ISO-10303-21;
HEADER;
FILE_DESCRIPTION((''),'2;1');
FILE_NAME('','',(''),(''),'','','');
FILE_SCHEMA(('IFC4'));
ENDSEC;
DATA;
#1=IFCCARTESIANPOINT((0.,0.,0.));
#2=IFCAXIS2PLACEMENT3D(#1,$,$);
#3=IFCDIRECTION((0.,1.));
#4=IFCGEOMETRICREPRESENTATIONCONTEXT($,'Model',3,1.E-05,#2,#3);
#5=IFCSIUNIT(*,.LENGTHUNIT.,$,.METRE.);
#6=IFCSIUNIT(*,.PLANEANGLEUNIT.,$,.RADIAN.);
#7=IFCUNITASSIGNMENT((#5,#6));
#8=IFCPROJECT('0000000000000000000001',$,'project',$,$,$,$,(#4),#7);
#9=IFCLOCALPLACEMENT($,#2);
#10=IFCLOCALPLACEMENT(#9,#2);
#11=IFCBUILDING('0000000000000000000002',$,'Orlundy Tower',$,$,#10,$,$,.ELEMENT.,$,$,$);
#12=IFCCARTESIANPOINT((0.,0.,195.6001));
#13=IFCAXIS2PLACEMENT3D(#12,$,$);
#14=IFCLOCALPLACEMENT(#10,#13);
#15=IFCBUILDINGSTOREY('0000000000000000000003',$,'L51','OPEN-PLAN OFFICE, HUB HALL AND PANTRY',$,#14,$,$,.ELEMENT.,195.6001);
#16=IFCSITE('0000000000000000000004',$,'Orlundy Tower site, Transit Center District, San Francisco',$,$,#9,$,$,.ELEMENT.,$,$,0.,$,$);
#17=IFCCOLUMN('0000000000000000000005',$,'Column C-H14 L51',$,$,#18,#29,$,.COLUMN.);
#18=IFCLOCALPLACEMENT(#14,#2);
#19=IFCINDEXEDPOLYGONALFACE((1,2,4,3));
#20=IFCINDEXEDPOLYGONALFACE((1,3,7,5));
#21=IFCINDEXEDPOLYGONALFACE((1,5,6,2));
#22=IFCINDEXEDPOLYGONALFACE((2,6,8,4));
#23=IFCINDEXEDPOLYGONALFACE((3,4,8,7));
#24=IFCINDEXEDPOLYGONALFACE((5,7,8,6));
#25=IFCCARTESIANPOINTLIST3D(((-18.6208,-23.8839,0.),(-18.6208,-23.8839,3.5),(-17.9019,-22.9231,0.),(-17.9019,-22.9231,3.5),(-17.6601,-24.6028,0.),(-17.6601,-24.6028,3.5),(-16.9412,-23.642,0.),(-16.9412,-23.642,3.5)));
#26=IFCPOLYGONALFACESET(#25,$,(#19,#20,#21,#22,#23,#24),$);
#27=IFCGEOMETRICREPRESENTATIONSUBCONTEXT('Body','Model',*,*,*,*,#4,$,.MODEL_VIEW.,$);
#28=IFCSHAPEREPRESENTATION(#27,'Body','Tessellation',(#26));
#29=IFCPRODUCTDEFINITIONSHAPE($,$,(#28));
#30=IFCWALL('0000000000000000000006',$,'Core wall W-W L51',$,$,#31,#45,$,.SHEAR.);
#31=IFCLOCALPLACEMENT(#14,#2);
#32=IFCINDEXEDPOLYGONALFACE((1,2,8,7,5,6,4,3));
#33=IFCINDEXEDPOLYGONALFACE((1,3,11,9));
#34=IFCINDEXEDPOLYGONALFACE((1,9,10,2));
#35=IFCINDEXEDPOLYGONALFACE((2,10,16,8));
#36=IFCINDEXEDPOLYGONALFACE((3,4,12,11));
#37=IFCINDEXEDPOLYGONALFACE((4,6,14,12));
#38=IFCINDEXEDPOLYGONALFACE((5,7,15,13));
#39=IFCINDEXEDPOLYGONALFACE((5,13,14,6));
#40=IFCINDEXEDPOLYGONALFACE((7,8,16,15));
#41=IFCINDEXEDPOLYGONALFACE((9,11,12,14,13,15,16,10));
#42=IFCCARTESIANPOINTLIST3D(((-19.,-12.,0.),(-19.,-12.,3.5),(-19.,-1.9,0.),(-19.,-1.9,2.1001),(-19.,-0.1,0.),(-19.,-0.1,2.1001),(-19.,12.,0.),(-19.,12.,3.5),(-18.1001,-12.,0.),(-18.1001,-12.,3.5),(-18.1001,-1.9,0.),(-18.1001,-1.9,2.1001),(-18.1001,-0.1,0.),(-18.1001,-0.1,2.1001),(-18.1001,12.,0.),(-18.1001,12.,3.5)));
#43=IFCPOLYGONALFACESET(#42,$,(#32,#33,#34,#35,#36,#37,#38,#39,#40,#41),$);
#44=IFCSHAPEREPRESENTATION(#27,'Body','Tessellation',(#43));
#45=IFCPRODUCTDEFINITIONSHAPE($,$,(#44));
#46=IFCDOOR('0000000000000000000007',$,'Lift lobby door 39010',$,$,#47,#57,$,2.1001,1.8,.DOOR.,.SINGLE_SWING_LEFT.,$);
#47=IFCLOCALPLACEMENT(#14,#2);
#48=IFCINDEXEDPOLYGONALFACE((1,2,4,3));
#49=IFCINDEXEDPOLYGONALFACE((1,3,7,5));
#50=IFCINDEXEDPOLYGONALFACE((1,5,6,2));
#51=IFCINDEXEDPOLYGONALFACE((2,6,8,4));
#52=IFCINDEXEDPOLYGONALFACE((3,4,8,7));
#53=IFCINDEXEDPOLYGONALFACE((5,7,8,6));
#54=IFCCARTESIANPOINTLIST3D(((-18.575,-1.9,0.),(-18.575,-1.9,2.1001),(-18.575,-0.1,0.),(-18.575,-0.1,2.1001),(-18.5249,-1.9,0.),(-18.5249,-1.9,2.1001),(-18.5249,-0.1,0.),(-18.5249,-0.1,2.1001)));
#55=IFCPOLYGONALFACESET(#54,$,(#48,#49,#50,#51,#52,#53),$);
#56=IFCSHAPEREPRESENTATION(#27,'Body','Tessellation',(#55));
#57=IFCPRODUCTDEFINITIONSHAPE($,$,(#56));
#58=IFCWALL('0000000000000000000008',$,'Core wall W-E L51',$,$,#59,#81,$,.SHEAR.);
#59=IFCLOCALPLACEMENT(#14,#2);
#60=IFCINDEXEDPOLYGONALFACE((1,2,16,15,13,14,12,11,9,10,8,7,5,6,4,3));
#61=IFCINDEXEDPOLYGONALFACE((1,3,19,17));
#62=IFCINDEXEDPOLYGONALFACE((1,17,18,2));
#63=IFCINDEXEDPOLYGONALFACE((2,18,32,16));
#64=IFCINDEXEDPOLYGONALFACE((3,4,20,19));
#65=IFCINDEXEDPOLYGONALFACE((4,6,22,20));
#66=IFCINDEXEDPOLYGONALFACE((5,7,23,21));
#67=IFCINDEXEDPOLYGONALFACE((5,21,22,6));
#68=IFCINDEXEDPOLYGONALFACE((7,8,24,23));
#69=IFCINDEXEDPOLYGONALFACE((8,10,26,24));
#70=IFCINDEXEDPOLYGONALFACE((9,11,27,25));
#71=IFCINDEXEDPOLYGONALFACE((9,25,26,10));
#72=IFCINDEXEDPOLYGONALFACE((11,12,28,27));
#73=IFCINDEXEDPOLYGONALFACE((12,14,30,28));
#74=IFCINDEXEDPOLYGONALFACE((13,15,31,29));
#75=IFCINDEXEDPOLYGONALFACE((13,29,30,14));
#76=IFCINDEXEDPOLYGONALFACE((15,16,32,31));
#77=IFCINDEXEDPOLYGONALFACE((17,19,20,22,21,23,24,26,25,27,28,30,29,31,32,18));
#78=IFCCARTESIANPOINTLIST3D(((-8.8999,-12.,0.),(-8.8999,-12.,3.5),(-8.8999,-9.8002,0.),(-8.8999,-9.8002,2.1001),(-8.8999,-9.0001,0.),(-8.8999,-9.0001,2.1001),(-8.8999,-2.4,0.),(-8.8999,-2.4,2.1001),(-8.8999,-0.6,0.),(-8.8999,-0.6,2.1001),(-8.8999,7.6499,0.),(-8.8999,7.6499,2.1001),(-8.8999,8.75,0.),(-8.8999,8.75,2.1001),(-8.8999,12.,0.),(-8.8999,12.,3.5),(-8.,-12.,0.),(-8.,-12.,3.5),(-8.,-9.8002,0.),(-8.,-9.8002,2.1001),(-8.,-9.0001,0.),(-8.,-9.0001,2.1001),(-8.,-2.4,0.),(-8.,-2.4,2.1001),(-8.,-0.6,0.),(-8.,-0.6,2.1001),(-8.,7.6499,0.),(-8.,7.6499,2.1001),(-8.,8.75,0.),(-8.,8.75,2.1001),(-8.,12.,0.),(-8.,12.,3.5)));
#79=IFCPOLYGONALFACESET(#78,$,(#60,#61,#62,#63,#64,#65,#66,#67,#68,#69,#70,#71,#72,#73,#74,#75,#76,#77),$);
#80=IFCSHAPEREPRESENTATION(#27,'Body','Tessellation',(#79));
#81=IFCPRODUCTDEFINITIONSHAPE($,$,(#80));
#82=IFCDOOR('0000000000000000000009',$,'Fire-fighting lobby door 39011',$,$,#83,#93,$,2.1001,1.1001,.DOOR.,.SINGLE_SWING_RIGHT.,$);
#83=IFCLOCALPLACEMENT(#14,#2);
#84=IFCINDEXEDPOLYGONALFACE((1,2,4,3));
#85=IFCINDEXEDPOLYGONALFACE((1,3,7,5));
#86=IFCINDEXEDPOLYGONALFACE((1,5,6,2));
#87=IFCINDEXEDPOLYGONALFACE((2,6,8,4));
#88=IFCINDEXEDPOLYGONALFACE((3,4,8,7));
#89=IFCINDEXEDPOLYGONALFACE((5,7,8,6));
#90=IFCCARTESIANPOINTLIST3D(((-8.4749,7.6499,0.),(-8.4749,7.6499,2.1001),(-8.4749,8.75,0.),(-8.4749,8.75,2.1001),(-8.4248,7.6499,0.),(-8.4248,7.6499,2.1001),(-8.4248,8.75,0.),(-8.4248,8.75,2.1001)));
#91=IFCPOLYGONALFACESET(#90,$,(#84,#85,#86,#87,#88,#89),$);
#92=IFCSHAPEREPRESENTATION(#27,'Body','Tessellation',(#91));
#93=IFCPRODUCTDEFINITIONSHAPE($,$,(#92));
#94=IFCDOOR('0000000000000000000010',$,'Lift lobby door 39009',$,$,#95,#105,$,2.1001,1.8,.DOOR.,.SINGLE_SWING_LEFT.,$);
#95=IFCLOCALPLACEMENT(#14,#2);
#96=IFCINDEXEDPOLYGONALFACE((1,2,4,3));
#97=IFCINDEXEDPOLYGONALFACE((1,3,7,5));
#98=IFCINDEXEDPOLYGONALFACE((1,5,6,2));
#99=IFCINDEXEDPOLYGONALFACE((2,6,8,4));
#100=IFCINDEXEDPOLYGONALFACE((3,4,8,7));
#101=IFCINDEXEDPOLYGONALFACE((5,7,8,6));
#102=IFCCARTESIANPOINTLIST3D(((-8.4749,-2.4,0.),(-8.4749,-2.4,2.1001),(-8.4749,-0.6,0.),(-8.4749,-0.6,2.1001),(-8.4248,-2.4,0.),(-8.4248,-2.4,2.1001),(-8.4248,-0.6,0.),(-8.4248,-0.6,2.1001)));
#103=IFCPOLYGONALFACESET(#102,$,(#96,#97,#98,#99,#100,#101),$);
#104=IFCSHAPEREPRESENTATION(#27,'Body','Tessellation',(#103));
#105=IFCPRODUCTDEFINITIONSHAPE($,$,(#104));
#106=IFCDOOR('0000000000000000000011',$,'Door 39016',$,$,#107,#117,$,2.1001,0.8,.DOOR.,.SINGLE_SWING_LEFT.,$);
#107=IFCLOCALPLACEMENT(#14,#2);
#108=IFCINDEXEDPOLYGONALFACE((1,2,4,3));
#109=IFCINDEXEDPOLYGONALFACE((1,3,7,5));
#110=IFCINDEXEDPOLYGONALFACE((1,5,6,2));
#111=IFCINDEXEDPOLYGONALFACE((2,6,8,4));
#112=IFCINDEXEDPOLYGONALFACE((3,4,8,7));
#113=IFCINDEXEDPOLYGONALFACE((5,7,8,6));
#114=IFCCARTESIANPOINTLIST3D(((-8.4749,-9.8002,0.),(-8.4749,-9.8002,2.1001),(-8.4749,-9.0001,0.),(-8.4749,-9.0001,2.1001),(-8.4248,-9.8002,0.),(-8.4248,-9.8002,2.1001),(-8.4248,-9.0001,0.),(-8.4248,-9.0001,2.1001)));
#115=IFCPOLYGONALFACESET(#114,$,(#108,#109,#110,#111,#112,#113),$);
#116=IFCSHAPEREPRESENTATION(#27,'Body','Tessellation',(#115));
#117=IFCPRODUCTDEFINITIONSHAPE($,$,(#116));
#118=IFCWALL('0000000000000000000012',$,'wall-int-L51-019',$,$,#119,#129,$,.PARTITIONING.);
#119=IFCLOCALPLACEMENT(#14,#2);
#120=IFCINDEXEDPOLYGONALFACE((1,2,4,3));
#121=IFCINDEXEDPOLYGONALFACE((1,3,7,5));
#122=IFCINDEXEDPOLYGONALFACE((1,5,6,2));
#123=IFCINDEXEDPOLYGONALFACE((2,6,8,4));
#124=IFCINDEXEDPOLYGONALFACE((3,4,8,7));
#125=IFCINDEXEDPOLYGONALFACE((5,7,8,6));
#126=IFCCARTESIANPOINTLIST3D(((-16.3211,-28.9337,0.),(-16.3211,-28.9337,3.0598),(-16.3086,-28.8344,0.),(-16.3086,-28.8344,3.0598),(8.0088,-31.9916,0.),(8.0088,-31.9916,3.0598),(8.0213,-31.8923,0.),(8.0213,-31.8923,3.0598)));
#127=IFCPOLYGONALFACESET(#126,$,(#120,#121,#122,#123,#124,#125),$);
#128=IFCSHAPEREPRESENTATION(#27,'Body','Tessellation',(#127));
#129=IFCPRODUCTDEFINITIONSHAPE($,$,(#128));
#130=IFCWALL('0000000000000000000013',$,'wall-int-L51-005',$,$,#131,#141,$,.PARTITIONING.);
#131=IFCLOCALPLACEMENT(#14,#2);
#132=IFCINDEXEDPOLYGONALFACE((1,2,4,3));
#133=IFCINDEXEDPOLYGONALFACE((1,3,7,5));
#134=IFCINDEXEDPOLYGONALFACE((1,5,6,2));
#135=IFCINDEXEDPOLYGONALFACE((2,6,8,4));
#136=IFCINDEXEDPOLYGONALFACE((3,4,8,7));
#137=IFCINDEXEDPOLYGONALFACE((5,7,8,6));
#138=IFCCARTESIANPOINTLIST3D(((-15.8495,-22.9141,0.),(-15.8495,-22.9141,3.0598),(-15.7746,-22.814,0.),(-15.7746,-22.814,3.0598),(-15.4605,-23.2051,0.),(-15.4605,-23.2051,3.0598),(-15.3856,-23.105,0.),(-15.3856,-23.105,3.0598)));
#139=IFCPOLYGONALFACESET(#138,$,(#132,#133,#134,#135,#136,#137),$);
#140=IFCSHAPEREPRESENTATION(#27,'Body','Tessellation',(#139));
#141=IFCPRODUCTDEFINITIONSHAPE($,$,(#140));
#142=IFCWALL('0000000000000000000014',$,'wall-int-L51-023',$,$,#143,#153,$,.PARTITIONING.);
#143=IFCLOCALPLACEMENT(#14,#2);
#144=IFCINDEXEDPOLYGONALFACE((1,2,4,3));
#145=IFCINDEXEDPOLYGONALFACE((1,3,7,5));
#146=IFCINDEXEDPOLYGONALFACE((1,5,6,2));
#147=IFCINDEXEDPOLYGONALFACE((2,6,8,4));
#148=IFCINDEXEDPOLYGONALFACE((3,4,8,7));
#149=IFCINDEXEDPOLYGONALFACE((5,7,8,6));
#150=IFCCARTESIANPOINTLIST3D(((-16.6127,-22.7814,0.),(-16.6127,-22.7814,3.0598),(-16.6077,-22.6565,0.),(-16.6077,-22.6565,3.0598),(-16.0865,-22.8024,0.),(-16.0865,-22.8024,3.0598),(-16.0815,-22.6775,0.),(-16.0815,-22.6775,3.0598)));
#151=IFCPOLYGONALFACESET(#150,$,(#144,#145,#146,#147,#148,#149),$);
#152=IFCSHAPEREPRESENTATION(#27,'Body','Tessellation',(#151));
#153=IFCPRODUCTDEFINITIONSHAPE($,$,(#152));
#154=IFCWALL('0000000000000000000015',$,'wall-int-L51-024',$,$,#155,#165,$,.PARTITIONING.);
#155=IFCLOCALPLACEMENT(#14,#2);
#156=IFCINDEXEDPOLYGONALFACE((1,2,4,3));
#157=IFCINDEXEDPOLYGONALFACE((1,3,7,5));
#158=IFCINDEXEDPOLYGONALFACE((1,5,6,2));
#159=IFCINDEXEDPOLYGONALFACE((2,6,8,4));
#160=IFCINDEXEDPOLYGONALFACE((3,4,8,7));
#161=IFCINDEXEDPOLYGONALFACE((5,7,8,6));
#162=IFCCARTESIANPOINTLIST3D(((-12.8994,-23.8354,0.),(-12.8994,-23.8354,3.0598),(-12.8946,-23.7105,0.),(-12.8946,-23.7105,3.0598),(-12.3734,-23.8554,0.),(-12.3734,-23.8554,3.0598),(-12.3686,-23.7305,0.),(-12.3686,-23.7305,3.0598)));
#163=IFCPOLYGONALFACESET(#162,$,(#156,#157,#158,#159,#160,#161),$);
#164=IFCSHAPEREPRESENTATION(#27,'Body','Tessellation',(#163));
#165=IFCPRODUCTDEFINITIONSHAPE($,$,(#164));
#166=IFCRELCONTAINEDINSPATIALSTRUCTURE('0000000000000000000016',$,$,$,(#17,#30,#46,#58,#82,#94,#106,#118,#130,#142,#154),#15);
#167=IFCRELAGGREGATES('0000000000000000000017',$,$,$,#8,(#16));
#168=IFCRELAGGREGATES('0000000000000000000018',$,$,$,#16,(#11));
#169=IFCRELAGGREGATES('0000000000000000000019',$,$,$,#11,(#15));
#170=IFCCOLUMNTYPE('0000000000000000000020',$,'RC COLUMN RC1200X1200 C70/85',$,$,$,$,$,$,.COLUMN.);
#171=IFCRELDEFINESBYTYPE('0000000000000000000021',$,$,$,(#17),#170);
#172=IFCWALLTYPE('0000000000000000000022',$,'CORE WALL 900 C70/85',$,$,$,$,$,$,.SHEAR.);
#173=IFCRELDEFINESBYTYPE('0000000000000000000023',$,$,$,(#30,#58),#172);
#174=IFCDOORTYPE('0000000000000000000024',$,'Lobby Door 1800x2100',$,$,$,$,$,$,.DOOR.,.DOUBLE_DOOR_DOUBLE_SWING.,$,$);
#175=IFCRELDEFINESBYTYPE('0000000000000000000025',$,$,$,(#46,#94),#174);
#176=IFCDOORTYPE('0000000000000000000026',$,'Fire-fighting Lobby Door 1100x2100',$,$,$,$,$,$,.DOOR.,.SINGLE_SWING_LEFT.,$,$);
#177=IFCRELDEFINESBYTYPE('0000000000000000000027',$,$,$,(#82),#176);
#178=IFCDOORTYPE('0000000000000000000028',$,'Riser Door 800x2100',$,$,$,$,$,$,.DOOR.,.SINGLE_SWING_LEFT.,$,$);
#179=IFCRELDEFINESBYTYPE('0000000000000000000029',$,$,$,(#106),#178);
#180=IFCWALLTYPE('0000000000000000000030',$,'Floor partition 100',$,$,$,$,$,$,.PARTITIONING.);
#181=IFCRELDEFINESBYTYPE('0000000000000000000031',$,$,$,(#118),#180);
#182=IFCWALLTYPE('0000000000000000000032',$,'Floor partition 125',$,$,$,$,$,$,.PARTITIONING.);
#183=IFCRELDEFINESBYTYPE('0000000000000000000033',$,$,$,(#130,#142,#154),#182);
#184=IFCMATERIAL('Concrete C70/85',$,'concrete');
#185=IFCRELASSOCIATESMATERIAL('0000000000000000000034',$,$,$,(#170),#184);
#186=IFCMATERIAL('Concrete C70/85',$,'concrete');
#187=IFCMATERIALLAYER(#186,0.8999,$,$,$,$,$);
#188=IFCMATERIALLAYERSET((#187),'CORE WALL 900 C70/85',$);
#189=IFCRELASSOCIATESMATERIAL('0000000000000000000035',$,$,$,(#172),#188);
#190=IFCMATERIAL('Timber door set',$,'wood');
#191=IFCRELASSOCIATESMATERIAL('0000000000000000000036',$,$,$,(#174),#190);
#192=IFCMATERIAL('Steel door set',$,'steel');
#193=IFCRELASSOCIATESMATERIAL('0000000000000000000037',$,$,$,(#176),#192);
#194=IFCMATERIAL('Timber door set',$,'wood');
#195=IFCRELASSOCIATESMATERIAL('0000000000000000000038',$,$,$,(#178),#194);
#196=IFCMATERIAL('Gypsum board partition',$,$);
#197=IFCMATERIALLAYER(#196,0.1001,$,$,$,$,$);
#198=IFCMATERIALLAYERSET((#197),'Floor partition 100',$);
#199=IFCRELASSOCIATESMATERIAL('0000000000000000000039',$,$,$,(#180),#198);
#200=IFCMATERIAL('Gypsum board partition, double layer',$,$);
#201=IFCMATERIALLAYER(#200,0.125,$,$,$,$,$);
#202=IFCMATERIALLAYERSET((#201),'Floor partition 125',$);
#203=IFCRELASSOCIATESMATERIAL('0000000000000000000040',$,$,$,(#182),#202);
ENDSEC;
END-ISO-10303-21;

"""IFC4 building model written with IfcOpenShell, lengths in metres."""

from ifc_helpers import new_model, si_unit, direction, frame, frame_2d, origin, origin_2d, place, context, subcontext, project, spatial, rectangle, extrude, material, layer, layer_set, material_profile, profile_set, type_object, element, fill, save


model = new_model("IFC4")

# Units and contexts
model_context = context("Model", 3, precision=1e-05, world=origin(), true_north=direction((0.0, 1.0)))
body_context = subcontext(model_context, "Body", "Model", "MODEL_VIEW")
ifc_project = project(units=[si_unit("LENGTHUNIT", "METRE"), si_unit("PLANEANGLEUNIT", "RADIAN")], contexts=[model_context])

# Site, building, storey
site_placement = place(None, origin())
site = spatial("IfcSite", under=ifc_project, at=site_placement, Name="Orlundy Tower site, Transit Center District, San Francisco", CompositionType="ELEMENT", RefElevation=0.0)
building_placement = place(site_placement, origin())
building = spatial("IfcBuilding", under=site, at=building_placement, Name="Orlundy Tower", CompositionType="ELEMENT")
storey_placement = place(building_placement, frame((0.0, 0.0, 195.6001)))
storey = spatial("IfcBuildingStorey", under=building, at=storey_placement, Name="L51", Description="OPEN-PLAN OFFICE, HUB HALL AND PANTRY", CompositionType="ELEMENT", Elevation=195.6001)

# Column
ifc_material_1 = material(Name="Concrete C70/85", Category="concrete")
ifc_material_profile = material_profile(ifc_material_1, rectangle(XDim=1.2, YDim=1.2, at=origin_2d()), Name="RC1200X1200")
ifc_profile_set = profile_set([ifc_material_profile], Name="Concrete C70/85")
column_type = type_object("IfcColumnType", Name="RC COLUMN RC1200X1200 C70/85", PredefinedType="COLUMN", material=ifc_profile_set)
column_placement = place(storey_placement, frame((-17.781, -23.7629, 0.0), z_axis=(0.0, 0.0, 1.0), x_axis=(-0.599107, -0.800669, 0.0)))
element("IfcColumn", 1, at=column_placement, inside=storey, type_object=column_type, Name="Column C-H14 L51", PredefinedType="COLUMN", context=body_context, shape_type="SweptSolid", body=[
    extrude(rectangle(XDim=1.2, YDim=1.2, at=origin_2d()), origin(), (0.0, 0.0, 1.0), 3.5),
])

# Wall, opening, door
ifc_material_2 = material(Name="Concrete C70/85", Category="concrete")
ifc_layer_1 = layer(ifc_material_2, 0.8999)
ifc_layer_set_1 = layer_set([ifc_layer_1], Name="CORE WALL 900 C70/85")
wall_type_1 = type_object("IfcWallType", Name="CORE WALL 900 C70/85", PredefinedType="SHEAR", material=ifc_layer_set_1)
wall_1_placement = place(storey_placement, frame((-18.55, -12.0, 0.0), z_axis=(0.0, 0.0, 1.0), x_axis=(0.0, 1.0, 0.0)))
wall_1 = element("IfcWall", 2, at=wall_1_placement, inside=storey, type_object=wall_type_1, Name="Core wall W-W L51", PredefinedType="SHEAR", context=body_context, shape_type="SweptSolid", body=[
    extrude(rectangle(XDim=24.0, YDim=0.8999, at=frame_2d((12.0, 0.0))), origin(), (0.0, 0.0, 1.0), 3.5),
])
opening_1_placement = place(wall_1_placement, frame((10.1001, 0.0, 0.0)))
opening_1 = element("IfcOpeningElement", 3, at=opening_1_placement, cuts=wall_1, PredefinedType="OPENING", context=body_context, shape_type="SweptSolid", body=[
    extrude(rectangle(XDim=1.8, YDim=2.1001, at=frame_2d((0.8999, 1.05))), frame((0.0, 0.46, 0.0), z_axis=(0.0, -1.0, 0.0), x_axis=(1.0, 0.0, 0.0)), (0.0, 0.0, 1.0), 0.9199),
])
ifc_material_3 = material(Name="Timber door set", Category="wood")
door_type_1 = type_object("IfcDoorType", Name="Lobby Door 1800x2100", OperationType="DOUBLE_DOOR_DOUBLE_SWING", PredefinedType="DOOR", material=ifc_material_3)
door_1_placement = place(opening_1_placement, origin())
door_1 = element("IfcDoor", 4, at=door_1_placement, inside=storey, type_object=door_type_1, Name="Lift lobby door 39010", OperationType="SINGLE_SWING_LEFT", OverallHeight=2.1001, OverallWidth=1.8, PredefinedType="DOOR", context=body_context, shape_type="SweptSolid", body=[
    extrude(rectangle(XDim=1.8, YDim=2.1001, at=frame_2d((0.8999, 1.05))), frame((0.0, 0.0249, 0.0), z_axis=(0.0, -1.0, 0.0), x_axis=(1.0, 0.0, 0.0)), (0.0, 0.0, 1.0), 0.05),
])
fill(opening_1, door_1)

# Wall, openings, doors
wall_2_placement = place(storey_placement, frame((-8.45, -12.0, 0.0), z_axis=(0.0, 0.0, 1.0), x_axis=(0.0, 1.0, 0.0)))
wall_2 = element("IfcWall", 5, at=wall_2_placement, inside=storey, type_object=wall_type_1, Name="Core wall W-E L51", PredefinedType="SHEAR", context=body_context, shape_type="SweptSolid", body=[
    extrude(rectangle(XDim=24.0, YDim=0.8999, at=frame_2d((12.0, 0.0))), origin(), (0.0, 0.0, 1.0), 3.5),
])
opening_2_placement = place(wall_2_placement, frame((9.6001, 0.0, 0.0)))
opening_2 = element("IfcOpeningElement", 6, at=opening_2_placement, cuts=wall_2, PredefinedType="OPENING", context=body_context, shape_type="SweptSolid", body=[
    extrude(rectangle(XDim=1.8, YDim=2.1001, at=frame_2d((0.8999, 1.05))), frame((0.0, 0.46, 0.0), z_axis=(0.0, -1.0, 0.0), x_axis=(1.0, 0.0, 0.0)), (0.0, 0.0, 1.0), 0.9199),
])
opening_3_placement = place(wall_2_placement, frame((19.6499, 0.0, 0.0)))
opening_3 = element("IfcOpeningElement", 7, at=opening_3_placement, cuts=wall_2, PredefinedType="OPENING", context=body_context, shape_type="SweptSolid", body=[
    extrude(rectangle(XDim=1.1001, YDim=2.1001, at=frame_2d((0.55, 1.05))), frame((0.0, 0.46, 0.0), z_axis=(0.0, -1.0, 0.0), x_axis=(1.0, 0.0, 0.0)), (0.0, 0.0, 1.0), 0.9199),
])
opening_4_placement = place(wall_2_placement, frame((2.2, 0.0, 0.0)))
opening_4 = element("IfcOpeningElement", 8, at=opening_4_placement, cuts=wall_2, PredefinedType="OPENING", context=body_context, shape_type="SweptSolid", body=[
    extrude(rectangle(XDim=0.8, YDim=2.1001, at=frame_2d((0.3999, 1.05))), frame((0.0, 0.46, 0.0), z_axis=(0.0, -1.0, 0.0), x_axis=(1.0, 0.0, 0.0)), (0.0, 0.0, 1.0), 0.9199),
])
ifc_material_4 = material(Name="Steel door set", Category="steel")
door_type_2 = type_object("IfcDoorType", Name="Fire-fighting Lobby Door 1100x2100", OperationType="SINGLE_SWING_LEFT", PredefinedType="DOOR", material=ifc_material_4)
door_2_placement = place(opening_3_placement, origin())
door_2 = element("IfcDoor", 9, at=door_2_placement, inside=storey, type_object=door_type_2, Name="Fire-fighting lobby door 39011", OperationType="SINGLE_SWING_RIGHT", OverallHeight=2.1001, OverallWidth=1.1001, PredefinedType="DOOR", context=body_context, shape_type="SweptSolid", body=[
    extrude(rectangle(XDim=1.1001, YDim=2.1001, at=frame_2d((0.55, 1.05))), frame((0.0, 0.0249, 0.0), z_axis=(0.0, -1.0, 0.0), x_axis=(1.0, 0.0, 0.0)), (0.0, 0.0, 1.0), 0.05),
])
fill(opening_3, door_2)
door_3_placement = place(opening_2_placement, origin())
door_3 = element("IfcDoor", 10, at=door_3_placement, inside=storey, type_object=door_type_1, Name="Lift lobby door 39009", OperationType="SINGLE_SWING_LEFT", OverallHeight=2.1001, OverallWidth=1.8, PredefinedType="DOOR", context=body_context, shape_type="SweptSolid", body=[
    extrude(rectangle(XDim=1.8, YDim=2.1001, at=frame_2d((0.8999, 1.05))), frame((0.0, 0.0249, 0.0), z_axis=(0.0, -1.0, 0.0), x_axis=(1.0, 0.0, 0.0)), (0.0, 0.0, 1.0), 0.05),
])
fill(opening_2, door_3)
ifc_material_5 = material(Name="Timber door set", Category="wood")
door_type_3 = type_object("IfcDoorType", Name="Riser Door 800x2100", OperationType="SINGLE_SWING_LEFT", PredefinedType="DOOR", material=ifc_material_5)
door_4_placement = place(opening_4_placement, origin())
door_4 = element("IfcDoor", 11, at=door_4_placement, inside=storey, type_object=door_type_3, Name="Door 39016", OperationType="SINGLE_SWING_LEFT", OverallHeight=2.1001, OverallWidth=0.8, PredefinedType="DOOR", context=body_context, shape_type="SweptSolid", body=[
    extrude(rectangle(XDim=0.8, YDim=2.1001, at=frame_2d((0.3999, 1.05))), frame((0.0, 0.0249, 0.0), z_axis=(0.0, -1.0, 0.0), x_axis=(1.0, 0.0, 0.0)), (0.0, 0.0, 1.0), 0.05),
])
fill(opening_4, door_4)

# Walls
ifc_material_6 = material(Name="Gypsum board partition")
ifc_layer_2 = layer(ifc_material_6, 0.1001)
ifc_layer_set_2 = layer_set([ifc_layer_2], Name="Floor partition 100")
wall_type_2 = type_object("IfcWallType", Name="Floor partition 100", PredefinedType="PARTITIONING", material=ifc_layer_set_2)
wall_3_placement = place(storey_placement, frame((-16.3149, -28.884, 0.0), z_axis=(0.0, 0.0, 1.0), x_axis=(0.992194, -0.124703, 0.0)))
element("IfcWall", 12, at=wall_3_placement, inside=storey, type_object=wall_type_2, Name="wall-int-L51-019", PredefinedType="PARTITIONING", context=body_context, shape_type="SweptSolid", body=[
    extrude(rectangle(XDim=24.5212, YDim=0.1001, at=frame_2d((12.2607, 0.0))), origin(), (0.0, 0.0, 1.0), 3.0598),
])
ifc_material_7 = material(Name="Gypsum board partition, double layer")
ifc_layer_3 = layer(ifc_material_7, 0.125)
ifc_layer_set_3 = layer_set([ifc_layer_3], Name="Floor partition 125")
wall_type_3 = type_object("IfcWallType", Name="Floor partition 125", PredefinedType="PARTITIONING", material=ifc_layer_set_3)
wall_4_placement = place(storey_placement, frame((-15.812, -22.864, 0.0), z_axis=(0.0, 0.0, 1.0), x_axis=(0.800663, -0.599115, 0.0)))
element("IfcWall", 13, at=wall_4_placement, inside=storey, type_object=wall_type_3, Name="wall-int-L51-005", PredefinedType="PARTITIONING", context=body_context, shape_type="SweptSolid", body=[
    extrude(rectangle(XDim=0.4858, YDim=0.125, at=frame_2d((0.2429, 0.0))), origin(), (0.0, 0.0, 1.0), 3.0598),
])
wall_5_placement = place(storey_placement, frame((-16.6101, -22.719, 0.0), z_axis=(0.0, 0.0, 1.0), x_axis=(0.999205, -0.039875, 0.0)))
element("IfcWall", 14, at=wall_5_placement, inside=storey, type_object=wall_type_3, Name="wall-int-L51-023", PredefinedType="PARTITIONING", context=body_context, shape_type="SweptSolid", body=[
    extrude(rectangle(XDim=0.5266, YDim=0.125, at=frame_2d((0.2632, 0.0))), origin(), (0.0, 0.0, 1.0), 3.0598),
])
wall_6_placement = place(storey_placement, frame((-12.897, -23.7729, 0.0), z_axis=(0.0, 0.0, 1.0), x_axis=(0.999276, -0.038041, 0.0)))
element("IfcWall", 15, at=wall_6_placement, inside=storey, type_object=wall_type_3, Name="wall-int-L51-024", PredefinedType="PARTITIONING", context=body_context, shape_type="SweptSolid", body=[
    extrude(rectangle(XDim=0.5264, YDim=0.125, at=frame_2d((0.2632, 0.0))), origin(), (0.0, 0.0, 1.0), 3.0598),
])

save(model, "model.ifc")
